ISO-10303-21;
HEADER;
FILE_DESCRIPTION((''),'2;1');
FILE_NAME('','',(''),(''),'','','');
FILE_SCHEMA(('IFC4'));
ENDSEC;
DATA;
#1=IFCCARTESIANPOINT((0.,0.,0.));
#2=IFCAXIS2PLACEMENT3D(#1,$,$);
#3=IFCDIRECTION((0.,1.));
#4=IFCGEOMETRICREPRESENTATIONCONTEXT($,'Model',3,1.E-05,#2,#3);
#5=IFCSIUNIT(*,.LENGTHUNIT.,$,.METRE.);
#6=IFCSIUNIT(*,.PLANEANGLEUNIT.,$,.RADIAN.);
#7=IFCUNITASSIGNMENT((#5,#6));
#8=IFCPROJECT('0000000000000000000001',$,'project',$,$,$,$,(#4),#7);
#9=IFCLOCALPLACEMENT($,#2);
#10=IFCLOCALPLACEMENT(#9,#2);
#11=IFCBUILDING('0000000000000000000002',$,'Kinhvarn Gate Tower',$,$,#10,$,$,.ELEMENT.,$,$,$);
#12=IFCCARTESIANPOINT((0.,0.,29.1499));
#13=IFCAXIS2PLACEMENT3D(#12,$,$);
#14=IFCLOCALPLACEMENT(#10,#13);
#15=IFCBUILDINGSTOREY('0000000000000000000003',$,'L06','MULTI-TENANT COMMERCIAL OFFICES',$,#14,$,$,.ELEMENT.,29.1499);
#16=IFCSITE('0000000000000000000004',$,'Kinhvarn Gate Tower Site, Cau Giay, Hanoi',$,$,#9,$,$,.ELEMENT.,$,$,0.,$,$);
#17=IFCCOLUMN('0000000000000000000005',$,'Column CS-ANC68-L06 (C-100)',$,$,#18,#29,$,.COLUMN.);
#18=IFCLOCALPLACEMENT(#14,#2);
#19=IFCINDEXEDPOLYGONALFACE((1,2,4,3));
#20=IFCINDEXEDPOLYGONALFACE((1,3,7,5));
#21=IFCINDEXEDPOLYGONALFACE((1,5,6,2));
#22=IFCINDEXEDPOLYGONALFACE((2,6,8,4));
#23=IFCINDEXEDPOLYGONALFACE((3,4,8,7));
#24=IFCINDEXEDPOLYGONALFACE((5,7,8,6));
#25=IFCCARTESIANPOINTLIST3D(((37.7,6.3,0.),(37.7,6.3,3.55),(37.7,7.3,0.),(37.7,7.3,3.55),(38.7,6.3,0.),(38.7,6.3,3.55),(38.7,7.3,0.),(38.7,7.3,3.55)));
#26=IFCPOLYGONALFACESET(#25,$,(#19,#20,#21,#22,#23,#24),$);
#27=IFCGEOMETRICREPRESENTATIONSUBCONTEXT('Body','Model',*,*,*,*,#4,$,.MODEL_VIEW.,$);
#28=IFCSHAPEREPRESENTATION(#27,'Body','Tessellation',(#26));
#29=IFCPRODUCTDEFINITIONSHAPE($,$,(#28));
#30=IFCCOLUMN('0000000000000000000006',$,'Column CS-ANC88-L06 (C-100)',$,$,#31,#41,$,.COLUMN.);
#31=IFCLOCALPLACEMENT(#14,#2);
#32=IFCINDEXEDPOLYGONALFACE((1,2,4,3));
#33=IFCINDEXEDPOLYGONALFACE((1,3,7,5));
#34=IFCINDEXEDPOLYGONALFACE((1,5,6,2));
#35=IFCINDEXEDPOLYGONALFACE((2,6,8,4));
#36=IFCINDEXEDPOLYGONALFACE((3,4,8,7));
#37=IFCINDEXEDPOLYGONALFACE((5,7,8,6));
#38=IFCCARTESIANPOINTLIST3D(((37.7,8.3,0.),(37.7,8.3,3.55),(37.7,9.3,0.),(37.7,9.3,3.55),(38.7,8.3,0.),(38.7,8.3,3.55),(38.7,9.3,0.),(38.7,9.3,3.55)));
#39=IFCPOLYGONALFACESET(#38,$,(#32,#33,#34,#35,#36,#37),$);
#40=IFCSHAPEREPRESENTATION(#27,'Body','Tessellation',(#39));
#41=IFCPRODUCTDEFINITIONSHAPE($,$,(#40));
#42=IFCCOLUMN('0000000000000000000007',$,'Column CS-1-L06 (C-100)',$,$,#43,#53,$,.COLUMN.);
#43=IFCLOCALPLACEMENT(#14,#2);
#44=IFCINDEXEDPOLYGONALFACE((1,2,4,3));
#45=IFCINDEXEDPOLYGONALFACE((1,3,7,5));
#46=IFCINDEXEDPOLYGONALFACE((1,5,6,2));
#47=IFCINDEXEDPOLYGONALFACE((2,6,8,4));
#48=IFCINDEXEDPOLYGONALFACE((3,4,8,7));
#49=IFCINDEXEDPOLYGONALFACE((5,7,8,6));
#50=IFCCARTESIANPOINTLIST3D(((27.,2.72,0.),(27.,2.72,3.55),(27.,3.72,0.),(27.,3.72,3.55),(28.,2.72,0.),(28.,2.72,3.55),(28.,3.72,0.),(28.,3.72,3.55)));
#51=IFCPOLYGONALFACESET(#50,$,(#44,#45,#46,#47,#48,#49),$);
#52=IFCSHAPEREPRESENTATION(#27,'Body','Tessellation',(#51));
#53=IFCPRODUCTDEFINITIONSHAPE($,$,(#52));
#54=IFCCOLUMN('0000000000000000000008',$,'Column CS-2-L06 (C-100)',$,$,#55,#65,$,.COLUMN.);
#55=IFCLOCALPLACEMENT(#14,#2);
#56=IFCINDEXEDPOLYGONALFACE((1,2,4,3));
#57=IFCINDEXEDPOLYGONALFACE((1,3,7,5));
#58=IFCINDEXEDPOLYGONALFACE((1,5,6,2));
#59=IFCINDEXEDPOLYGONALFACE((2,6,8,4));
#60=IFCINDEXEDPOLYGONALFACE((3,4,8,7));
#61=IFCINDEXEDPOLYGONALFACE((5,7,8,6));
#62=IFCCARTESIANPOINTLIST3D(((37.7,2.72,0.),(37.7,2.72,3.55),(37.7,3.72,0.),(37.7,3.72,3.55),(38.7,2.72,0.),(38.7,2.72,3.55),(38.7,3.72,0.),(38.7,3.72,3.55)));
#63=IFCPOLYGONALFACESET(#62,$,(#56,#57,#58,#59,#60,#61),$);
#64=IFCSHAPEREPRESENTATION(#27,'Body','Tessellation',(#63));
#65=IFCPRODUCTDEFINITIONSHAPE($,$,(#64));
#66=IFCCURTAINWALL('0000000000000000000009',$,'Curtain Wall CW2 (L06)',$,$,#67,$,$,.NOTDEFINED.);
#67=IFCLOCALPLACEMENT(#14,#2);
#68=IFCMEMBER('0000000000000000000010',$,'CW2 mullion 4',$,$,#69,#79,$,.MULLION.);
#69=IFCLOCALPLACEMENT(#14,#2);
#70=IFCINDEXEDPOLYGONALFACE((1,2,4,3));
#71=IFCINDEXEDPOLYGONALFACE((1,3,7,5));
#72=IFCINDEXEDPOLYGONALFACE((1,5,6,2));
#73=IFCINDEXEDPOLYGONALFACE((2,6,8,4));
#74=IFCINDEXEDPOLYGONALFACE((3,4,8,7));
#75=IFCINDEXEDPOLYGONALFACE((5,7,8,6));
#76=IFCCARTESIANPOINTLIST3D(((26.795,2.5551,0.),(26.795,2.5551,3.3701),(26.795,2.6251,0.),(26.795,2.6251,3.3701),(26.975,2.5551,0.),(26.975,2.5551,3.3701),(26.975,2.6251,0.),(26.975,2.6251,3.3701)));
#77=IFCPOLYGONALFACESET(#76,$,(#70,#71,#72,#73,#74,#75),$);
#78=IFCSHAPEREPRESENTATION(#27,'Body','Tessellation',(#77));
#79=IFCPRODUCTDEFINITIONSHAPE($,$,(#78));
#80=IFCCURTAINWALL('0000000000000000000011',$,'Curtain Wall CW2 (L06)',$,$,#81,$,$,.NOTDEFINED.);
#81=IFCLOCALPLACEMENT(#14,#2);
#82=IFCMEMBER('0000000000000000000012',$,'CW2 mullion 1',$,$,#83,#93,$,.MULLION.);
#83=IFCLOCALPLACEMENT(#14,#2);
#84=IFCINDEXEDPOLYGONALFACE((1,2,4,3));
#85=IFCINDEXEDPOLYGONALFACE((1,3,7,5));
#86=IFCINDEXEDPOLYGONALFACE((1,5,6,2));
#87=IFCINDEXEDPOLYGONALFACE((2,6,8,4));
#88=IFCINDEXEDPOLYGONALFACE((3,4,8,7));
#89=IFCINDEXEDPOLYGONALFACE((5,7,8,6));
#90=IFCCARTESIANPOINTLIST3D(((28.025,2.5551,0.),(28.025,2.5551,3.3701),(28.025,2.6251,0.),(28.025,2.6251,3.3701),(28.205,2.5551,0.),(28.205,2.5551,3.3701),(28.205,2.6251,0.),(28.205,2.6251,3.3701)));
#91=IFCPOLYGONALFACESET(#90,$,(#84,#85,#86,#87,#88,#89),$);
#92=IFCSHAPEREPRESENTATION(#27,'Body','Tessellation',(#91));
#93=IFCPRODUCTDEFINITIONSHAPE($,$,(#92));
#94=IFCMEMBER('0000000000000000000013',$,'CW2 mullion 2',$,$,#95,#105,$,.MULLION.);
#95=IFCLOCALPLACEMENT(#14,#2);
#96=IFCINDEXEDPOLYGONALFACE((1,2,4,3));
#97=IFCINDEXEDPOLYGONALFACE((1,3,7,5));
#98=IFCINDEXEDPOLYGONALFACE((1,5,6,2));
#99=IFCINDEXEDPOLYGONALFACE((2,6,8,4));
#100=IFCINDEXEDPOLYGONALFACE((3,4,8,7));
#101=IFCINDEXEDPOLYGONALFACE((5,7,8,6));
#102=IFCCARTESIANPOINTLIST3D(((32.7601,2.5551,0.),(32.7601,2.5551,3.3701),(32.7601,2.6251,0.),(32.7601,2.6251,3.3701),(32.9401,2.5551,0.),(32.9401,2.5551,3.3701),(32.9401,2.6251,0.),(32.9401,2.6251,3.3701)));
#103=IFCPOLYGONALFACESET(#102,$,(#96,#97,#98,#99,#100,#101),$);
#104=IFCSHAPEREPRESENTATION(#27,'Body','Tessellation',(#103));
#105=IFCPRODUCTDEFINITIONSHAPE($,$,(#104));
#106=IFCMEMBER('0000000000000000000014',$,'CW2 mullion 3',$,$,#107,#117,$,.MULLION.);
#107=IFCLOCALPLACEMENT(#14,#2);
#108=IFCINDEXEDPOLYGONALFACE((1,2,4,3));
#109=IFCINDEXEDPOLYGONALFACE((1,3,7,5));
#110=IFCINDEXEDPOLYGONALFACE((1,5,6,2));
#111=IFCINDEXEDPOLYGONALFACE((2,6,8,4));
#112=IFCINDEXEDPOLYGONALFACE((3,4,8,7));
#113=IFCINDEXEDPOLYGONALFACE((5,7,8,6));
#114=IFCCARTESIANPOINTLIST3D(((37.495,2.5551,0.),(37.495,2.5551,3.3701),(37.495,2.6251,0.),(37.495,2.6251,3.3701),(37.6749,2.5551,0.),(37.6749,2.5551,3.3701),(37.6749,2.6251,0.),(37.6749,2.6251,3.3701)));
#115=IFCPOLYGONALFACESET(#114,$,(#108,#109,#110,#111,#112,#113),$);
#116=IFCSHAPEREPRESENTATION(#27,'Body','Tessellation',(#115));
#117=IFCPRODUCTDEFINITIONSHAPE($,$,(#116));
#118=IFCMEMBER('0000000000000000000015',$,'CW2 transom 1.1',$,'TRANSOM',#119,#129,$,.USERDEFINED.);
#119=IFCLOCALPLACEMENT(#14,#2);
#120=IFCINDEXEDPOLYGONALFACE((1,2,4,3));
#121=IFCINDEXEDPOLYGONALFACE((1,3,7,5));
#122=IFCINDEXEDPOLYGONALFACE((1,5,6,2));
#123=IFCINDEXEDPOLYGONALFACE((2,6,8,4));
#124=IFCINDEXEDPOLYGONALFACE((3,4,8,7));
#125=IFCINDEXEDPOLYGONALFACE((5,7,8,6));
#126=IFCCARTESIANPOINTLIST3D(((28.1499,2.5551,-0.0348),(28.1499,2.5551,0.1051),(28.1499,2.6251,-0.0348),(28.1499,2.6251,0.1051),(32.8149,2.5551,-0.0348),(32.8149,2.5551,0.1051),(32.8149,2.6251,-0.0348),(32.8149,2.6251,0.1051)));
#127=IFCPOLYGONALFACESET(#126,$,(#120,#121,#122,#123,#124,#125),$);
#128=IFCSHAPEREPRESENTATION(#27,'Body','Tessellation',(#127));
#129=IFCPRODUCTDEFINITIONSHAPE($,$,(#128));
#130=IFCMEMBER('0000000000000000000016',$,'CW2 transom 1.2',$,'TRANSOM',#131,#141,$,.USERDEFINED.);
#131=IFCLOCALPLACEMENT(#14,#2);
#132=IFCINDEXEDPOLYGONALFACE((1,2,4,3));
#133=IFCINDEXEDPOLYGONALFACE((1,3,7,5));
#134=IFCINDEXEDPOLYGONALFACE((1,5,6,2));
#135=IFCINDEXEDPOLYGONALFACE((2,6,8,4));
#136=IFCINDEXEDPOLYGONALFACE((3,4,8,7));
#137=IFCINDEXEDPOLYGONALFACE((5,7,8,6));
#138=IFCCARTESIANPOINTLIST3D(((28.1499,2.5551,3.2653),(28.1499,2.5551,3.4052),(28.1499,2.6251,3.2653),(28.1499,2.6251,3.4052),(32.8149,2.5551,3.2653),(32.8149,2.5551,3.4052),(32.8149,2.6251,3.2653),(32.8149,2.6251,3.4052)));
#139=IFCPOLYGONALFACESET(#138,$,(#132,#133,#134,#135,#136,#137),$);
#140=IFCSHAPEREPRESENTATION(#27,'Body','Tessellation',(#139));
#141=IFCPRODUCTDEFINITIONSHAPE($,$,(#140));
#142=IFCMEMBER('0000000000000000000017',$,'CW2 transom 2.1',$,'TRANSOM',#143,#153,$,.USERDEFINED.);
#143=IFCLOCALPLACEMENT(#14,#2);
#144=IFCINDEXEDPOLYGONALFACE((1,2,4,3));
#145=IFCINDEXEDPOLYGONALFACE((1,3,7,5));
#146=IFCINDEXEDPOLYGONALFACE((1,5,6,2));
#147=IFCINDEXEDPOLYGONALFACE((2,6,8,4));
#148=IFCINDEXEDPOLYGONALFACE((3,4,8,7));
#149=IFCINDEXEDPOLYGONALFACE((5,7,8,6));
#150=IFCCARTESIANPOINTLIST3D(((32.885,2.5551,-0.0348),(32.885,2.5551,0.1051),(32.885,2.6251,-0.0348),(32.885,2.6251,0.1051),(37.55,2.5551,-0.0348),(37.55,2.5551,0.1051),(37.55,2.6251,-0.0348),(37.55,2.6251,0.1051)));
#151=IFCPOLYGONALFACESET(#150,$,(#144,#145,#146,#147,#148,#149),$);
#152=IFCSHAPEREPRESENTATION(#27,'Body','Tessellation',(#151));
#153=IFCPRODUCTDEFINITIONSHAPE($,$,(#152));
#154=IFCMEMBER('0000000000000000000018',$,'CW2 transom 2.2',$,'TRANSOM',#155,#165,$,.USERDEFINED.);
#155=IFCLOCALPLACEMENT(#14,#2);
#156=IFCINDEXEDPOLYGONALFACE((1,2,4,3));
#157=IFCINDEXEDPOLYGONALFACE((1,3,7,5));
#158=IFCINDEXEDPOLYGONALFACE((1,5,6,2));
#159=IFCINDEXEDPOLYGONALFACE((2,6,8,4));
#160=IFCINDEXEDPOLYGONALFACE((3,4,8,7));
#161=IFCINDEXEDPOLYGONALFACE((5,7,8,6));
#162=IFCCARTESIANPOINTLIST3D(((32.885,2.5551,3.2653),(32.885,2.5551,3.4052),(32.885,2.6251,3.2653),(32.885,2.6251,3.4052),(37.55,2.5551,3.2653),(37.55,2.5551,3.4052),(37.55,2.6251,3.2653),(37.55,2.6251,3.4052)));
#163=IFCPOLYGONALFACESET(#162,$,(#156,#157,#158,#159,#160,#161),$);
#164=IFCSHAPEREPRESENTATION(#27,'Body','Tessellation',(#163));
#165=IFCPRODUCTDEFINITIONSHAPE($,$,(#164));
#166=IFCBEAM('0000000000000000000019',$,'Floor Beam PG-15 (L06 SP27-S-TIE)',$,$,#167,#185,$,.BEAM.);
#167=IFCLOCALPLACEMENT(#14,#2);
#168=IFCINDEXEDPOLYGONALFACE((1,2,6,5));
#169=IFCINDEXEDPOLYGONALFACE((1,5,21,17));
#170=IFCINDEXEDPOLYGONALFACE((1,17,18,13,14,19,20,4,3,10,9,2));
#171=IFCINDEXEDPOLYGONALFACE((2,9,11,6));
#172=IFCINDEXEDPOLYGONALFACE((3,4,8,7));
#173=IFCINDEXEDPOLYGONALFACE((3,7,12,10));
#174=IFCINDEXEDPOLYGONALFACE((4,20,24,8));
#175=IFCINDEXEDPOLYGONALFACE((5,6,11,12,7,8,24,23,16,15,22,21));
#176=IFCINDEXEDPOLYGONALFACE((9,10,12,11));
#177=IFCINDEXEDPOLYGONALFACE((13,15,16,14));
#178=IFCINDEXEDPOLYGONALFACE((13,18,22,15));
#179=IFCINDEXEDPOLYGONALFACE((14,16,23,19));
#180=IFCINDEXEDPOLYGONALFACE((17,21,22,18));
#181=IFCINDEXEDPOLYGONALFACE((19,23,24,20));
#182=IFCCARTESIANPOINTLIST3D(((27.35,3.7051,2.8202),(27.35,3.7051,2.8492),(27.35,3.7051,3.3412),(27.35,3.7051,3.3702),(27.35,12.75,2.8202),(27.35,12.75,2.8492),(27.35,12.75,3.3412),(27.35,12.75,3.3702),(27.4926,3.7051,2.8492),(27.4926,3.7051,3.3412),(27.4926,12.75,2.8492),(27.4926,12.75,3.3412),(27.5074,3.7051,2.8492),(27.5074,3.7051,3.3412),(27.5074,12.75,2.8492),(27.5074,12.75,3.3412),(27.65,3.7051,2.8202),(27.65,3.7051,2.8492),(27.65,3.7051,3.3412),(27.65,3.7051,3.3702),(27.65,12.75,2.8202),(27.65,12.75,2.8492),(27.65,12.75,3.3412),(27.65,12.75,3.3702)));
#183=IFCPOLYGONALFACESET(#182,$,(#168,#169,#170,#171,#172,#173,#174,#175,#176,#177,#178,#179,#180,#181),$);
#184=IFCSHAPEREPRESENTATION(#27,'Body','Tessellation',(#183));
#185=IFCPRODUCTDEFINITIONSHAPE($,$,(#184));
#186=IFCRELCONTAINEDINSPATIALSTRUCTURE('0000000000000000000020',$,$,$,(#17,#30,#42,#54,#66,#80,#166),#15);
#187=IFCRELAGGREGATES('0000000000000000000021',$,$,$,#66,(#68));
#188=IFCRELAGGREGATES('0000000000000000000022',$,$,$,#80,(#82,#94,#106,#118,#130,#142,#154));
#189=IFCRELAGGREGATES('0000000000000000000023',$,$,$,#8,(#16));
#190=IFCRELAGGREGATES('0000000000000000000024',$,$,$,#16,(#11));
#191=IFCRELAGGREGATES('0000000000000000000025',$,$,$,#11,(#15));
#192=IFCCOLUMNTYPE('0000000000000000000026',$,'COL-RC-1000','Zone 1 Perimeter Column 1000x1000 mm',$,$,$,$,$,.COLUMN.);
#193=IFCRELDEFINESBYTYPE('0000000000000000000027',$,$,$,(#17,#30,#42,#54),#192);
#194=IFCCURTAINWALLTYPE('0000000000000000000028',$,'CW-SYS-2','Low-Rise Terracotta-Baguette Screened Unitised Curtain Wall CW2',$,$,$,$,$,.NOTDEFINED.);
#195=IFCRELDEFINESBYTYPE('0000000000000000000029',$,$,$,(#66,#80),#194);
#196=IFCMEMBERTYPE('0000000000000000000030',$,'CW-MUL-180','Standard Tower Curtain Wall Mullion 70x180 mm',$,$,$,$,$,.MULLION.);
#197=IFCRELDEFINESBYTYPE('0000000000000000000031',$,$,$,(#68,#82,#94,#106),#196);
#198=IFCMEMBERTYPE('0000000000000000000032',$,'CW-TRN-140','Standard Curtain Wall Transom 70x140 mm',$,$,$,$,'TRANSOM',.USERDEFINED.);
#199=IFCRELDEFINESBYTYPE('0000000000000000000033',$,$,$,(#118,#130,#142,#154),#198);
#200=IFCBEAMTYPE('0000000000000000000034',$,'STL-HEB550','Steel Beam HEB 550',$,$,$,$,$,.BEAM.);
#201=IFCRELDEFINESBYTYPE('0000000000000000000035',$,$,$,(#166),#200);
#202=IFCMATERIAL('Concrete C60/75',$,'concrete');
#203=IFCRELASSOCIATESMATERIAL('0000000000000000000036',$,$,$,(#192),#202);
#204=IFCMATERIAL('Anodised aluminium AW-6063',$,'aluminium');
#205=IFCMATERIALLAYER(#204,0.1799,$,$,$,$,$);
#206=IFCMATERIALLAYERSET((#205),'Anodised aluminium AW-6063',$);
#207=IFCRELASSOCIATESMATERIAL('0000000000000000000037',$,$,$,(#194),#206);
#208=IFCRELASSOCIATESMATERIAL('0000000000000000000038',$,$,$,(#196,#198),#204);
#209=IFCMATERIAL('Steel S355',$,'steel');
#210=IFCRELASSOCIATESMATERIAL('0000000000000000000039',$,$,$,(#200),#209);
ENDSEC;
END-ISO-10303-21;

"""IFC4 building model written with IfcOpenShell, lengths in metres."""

from ifc_helpers import new_model, si_unit, direction, frame, origin, origin_2d, place, context, subcontext, project, spatial, rectangle, i_section, extrude, material, layer, layer_set, material_profile, profile_set, type_object, element, aggregate, save


model = new_model("IFC4")

# Units and contexts
model_context = context("Model", 3, precision=1e-05, world=origin(), true_north=direction((0.0, 1.0)))
body_context = subcontext(model_context, "Body", "Model", "MODEL_VIEW")
ifc_project = project(units=[si_unit("LENGTHUNIT", "METRE"), si_unit("PLANEANGLEUNIT", "RADIAN")], contexts=[model_context])

# Site, building, storey
site_placement = place(None, origin())
site = spatial("IfcSite", under=ifc_project, at=site_placement, Name="Kinhvarn Gate Tower Site, Cau Giay, Hanoi", CompositionType="ELEMENT", RefElevation=0.0)
building_placement = place(site_placement, origin())
building = spatial("IfcBuilding", under=site, at=building_placement, Name="Kinhvarn Gate Tower", CompositionType="ELEMENT")
storey_placement = place(building_placement, frame((0.0, 0.0, 29.1499)))
storey = spatial("IfcBuildingStorey", under=building, at=storey_placement, Name="L06", Description="MULTI-TENANT COMMERCIAL OFFICES", CompositionType="ELEMENT", Elevation=29.1499)

# Columns
ifc_material_1 = material(Name="Concrete C60/75", Category="concrete")
ifc_material_profile_1 = material_profile(ifc_material_1, rectangle(XDim=1.0, YDim=1.0, at=origin_2d()), Name="RC 1000x1000")
ifc_profile_set_1 = profile_set([ifc_material_profile_1], Name="Concrete C60/75")
column_type = type_object("IfcColumnType", Name="COL-RC-1000", Description="Zone 1 Perimeter Column 1000x1000 mm", PredefinedType="COLUMN", material=ifc_profile_set_1)
for number, where, z_axis, x_axis, name in (
    (1, (38.2, 6.8, 0.0), (0.0, 0.0, 1.0), (1.0, 0.0, 0.0), "Column CS-ANC68-L06 (C-100)"),
    (2, (38.2, 8.8, 0.0), (0.0, 0.0, 1.0), (1.0, 0.0, 0.0), "Column CS-ANC88-L06 (C-100)"),
    (3, (27.5, 3.22, 0.0), (0.0, 0.0, 1.0), (1.0, 0.0, 0.0), "Column CS-1-L06 (C-100)"),
    (4, (38.2, 3.22, 0.0), (0.0, 0.0, 1.0), (1.0, 0.0, 0.0), "Column CS-2-L06 (C-100)"),
):
    element("IfcColumn", number, at=place(storey_placement, frame(where, z_axis=z_axis, x_axis=x_axis)), inside=storey, type_object=column_type, Name=name, PredefinedType="COLUMN", context=body_context, shape_type="SweptSolid", body=[
        extrude(rectangle(XDim=1.0, YDim=1.0, at=origin_2d()), origin(), (0.0, 0.0, 1.0), 3.55),
    ])

# Curtain wall, member
ifc_material_2 = material(Name="Anodised aluminium AW-6063", Category="aluminium")
ifc_layer_1 = layer(ifc_material_2, 0.1799)
ifc_layer_set_1 = layer_set([ifc_layer_1], Name="Anodised aluminium AW-6063")
curtain_wall_type = type_object("IfcCurtainWallType", Name="CW-SYS-2", Description="Low-Rise Terracotta-Baguette Screened Unitised Curtain Wall CW2", PredefinedType="NOTDEFINED", material=ifc_layer_set_1)
curtain_wall_1_placement = place(storey_placement, origin())
curtain_wall_1 = element("IfcCurtainWall", 5, at=curtain_wall_1_placement, inside=storey, type_object=curtain_wall_type, Name="Curtain Wall CW2 (L06)", PredefinedType="NOTDEFINED")
ifc_material_profile_2 = material_profile(ifc_material_2, rectangle(XDim=0.0701, YDim=0.1799, at=origin_2d()), Name="ALU 70x180")
ifc_profile_set_2 = profile_set([ifc_material_profile_2], Name="Anodised aluminium AW-6063")
member_type_1 = type_object("IfcMemberType", Name="CW-MUL-180", Description="Standard Tower Curtain Wall Mullion 70x180 mm", PredefinedType="MULLION", material=ifc_profile_set_2)
member_1_placement = place(storey_placement, frame((26.885, 2.5901, 0.0), z_axis=(0.0, 0.0, 1.0), x_axis=(0.0, 1.0, 0.0)))
member_1 = element("IfcMember", 6, at=member_1_placement, type_object=member_type_1, Name="CW2 mullion 4", PredefinedType="MULLION", context=body_context, shape_type="SweptSolid", body=[
    extrude(rectangle(XDim=0.0701, YDim=0.1799, at=origin_2d()), origin(), (0.0, 0.0, 1.0), 3.3701),
])
aggregate(curtain_wall_1, [member_1])

# Curtain wall, members
curtain_wall_2_placement = place(storey_placement, origin())
curtain_wall_2 = element("IfcCurtainWall", 7, at=curtain_wall_2_placement, inside=storey, type_object=curtain_wall_type, Name="Curtain Wall CW2 (L06)", PredefinedType="NOTDEFINED")
member_2_placement = place(storey_placement, frame((28.115, 2.5901, 0.0), z_axis=(0.0, 0.0, 1.0), x_axis=(0.0, 1.0, 0.0)))
member_2 = element("IfcMember", 8, at=member_2_placement, type_object=member_type_1, Name="CW2 mullion 1", PredefinedType="MULLION", context=body_context, shape_type="SweptSolid", body=[
    extrude(rectangle(XDim=0.0701, YDim=0.1799, at=origin_2d()), origin(), (0.0, 0.0, 1.0), 3.3701),
])
member_3_placement = place(storey_placement, frame((32.8501, 2.5901, 0.0), z_axis=(0.0, 0.0, 1.0), x_axis=(0.0, 1.0, 0.0)))
member_3 = element("IfcMember", 9, at=member_3_placement, type_object=member_type_1, Name="CW2 mullion 2", PredefinedType="MULLION", context=body_context, shape_type="SweptSolid", body=[
    extrude(rectangle(XDim=0.0701, YDim=0.1799, at=origin_2d()), origin(), (0.0, 0.0, 1.0), 3.3701),
])
member_4_placement = place(storey_placement, frame((37.585, 2.5901, 0.0), z_axis=(0.0, 0.0, 1.0), x_axis=(0.0, 1.0, 0.0)))
member_4 = element("IfcMember", 10, at=member_4_placement, type_object=member_type_1, Name="CW2 mullion 3", PredefinedType="MULLION", context=body_context, shape_type="SweptSolid", body=[
    extrude(rectangle(XDim=0.0701, YDim=0.1799, at=origin_2d()), origin(), (0.0, 0.0, 1.0), 3.3701),
])
ifc_material_profile_3 = material_profile(ifc_material_2, rectangle(XDim=0.0701, YDim=0.1399, at=origin_2d()), Name="ALU 70x140")
ifc_profile_set_3 = profile_set([ifc_material_profile_3], Name="Anodised aluminium AW-6063")
member_type_2 = type_object("IfcMemberType", Name="CW-TRN-140", Description="Standard Curtain Wall Transom 70x140 mm", ElementType="TRANSOM", PredefinedType="USERDEFINED", material=ifc_profile_set_3)
member_5_placement = place(storey_placement, frame((28.1499, 2.5901, 0.0352), z_axis=(1.0, 0.0, 0.0), x_axis=(0.0, 1.0, 0.0)))
member_5 = element("IfcMember", 11, at=member_5_placement, type_object=member_type_2, Name="CW2 transom 1.1", ObjectType="TRANSOM", PredefinedType="USERDEFINED", context=body_context, shape_type="SweptSolid", body=[
    extrude(rectangle(XDim=0.0701, YDim=0.1399, at=origin_2d()), origin(), (0.0, 0.0, 1.0), 4.665),
])
member_6_placement = place(storey_placement, frame((28.1499, 2.5901, 3.3352), z_axis=(1.0, 0.0, 0.0), x_axis=(0.0, 1.0, 0.0)))
member_6 = element("IfcMember", 12, at=member_6_placement, type_object=member_type_2, Name="CW2 transom 1.2", ObjectType="TRANSOM", PredefinedType="USERDEFINED", context=body_context, shape_type="SweptSolid", body=[
    extrude(rectangle(XDim=0.0701, YDim=0.1399, at=origin_2d()), origin(), (0.0, 0.0, 1.0), 4.665),
])
member_7_placement = place(storey_placement, frame((32.885, 2.5901, 0.0352), z_axis=(1.0, 0.0, 0.0), x_axis=(0.0, 1.0, 0.0)))
member_7 = element("IfcMember", 13, at=member_7_placement, type_object=member_type_2, Name="CW2 transom 2.1", ObjectType="TRANSOM", PredefinedType="USERDEFINED", context=body_context, shape_type="SweptSolid", body=[
    extrude(rectangle(XDim=0.0701, YDim=0.1399, at=origin_2d()), origin(), (0.0, 0.0, 1.0), 4.665),
])
member_8_placement = place(storey_placement, frame((32.885, 2.5901, 3.3352), z_axis=(1.0, 0.0, 0.0), x_axis=(0.0, 1.0, 0.0)))
member_8 = element("IfcMember", 14, at=member_8_placement, type_object=member_type_2, Name="CW2 transom 2.2", ObjectType="TRANSOM", PredefinedType="USERDEFINED", context=body_context, shape_type="SweptSolid", body=[
    extrude(rectangle(XDim=0.0701, YDim=0.1399, at=origin_2d()), origin(), (0.0, 0.0, 1.0), 4.665),
])

# Beam
ifc_material_3 = material(Name="Steel S355", Category="steel")
ifc_material_profile_4 = material_profile(ifc_material_3, i_section(OverallWidth=0.3, OverallDepth=0.55, WebThickness=0.0149, FlangeThickness=0.0291, at=origin_2d()), Name="HEB 550")
ifc_profile_set_4 = profile_set([ifc_material_profile_4], Name="Steel S355")
beam_type_1 = type_object("IfcBeamType", Name="STL-HEB550", Description="Steel Beam HEB 550", PredefinedType="BEAM", material=ifc_profile_set_4)
beam_1_placement = place(storey_placement, frame((27.5, 3.7051, 3.0952), z_axis=(0.0, 1.0, 0.0), x_axis=(-1.0, 0.0, 0.0)))
element("IfcBeam", 15, at=beam_1_placement, inside=storey, type_object=beam_type_1, Name="Floor Beam PG-15 (L06 SP27-S-TIE)", PredefinedType="BEAM", context=body_context, shape_type="SweptSolid", body=[
    extrude(i_section(OverallWidth=0.3, OverallDepth=0.55, WebThickness=0.0149, FlangeThickness=0.0291, at=origin_2d()), origin(), (0.0, 0.0, 1.0), 9.0449),
])

aggregate(curtain_wall_2, [member_2, member_3, member_4, member_5, member_6, member_7, member_8])

save(model, "model.ifc")
